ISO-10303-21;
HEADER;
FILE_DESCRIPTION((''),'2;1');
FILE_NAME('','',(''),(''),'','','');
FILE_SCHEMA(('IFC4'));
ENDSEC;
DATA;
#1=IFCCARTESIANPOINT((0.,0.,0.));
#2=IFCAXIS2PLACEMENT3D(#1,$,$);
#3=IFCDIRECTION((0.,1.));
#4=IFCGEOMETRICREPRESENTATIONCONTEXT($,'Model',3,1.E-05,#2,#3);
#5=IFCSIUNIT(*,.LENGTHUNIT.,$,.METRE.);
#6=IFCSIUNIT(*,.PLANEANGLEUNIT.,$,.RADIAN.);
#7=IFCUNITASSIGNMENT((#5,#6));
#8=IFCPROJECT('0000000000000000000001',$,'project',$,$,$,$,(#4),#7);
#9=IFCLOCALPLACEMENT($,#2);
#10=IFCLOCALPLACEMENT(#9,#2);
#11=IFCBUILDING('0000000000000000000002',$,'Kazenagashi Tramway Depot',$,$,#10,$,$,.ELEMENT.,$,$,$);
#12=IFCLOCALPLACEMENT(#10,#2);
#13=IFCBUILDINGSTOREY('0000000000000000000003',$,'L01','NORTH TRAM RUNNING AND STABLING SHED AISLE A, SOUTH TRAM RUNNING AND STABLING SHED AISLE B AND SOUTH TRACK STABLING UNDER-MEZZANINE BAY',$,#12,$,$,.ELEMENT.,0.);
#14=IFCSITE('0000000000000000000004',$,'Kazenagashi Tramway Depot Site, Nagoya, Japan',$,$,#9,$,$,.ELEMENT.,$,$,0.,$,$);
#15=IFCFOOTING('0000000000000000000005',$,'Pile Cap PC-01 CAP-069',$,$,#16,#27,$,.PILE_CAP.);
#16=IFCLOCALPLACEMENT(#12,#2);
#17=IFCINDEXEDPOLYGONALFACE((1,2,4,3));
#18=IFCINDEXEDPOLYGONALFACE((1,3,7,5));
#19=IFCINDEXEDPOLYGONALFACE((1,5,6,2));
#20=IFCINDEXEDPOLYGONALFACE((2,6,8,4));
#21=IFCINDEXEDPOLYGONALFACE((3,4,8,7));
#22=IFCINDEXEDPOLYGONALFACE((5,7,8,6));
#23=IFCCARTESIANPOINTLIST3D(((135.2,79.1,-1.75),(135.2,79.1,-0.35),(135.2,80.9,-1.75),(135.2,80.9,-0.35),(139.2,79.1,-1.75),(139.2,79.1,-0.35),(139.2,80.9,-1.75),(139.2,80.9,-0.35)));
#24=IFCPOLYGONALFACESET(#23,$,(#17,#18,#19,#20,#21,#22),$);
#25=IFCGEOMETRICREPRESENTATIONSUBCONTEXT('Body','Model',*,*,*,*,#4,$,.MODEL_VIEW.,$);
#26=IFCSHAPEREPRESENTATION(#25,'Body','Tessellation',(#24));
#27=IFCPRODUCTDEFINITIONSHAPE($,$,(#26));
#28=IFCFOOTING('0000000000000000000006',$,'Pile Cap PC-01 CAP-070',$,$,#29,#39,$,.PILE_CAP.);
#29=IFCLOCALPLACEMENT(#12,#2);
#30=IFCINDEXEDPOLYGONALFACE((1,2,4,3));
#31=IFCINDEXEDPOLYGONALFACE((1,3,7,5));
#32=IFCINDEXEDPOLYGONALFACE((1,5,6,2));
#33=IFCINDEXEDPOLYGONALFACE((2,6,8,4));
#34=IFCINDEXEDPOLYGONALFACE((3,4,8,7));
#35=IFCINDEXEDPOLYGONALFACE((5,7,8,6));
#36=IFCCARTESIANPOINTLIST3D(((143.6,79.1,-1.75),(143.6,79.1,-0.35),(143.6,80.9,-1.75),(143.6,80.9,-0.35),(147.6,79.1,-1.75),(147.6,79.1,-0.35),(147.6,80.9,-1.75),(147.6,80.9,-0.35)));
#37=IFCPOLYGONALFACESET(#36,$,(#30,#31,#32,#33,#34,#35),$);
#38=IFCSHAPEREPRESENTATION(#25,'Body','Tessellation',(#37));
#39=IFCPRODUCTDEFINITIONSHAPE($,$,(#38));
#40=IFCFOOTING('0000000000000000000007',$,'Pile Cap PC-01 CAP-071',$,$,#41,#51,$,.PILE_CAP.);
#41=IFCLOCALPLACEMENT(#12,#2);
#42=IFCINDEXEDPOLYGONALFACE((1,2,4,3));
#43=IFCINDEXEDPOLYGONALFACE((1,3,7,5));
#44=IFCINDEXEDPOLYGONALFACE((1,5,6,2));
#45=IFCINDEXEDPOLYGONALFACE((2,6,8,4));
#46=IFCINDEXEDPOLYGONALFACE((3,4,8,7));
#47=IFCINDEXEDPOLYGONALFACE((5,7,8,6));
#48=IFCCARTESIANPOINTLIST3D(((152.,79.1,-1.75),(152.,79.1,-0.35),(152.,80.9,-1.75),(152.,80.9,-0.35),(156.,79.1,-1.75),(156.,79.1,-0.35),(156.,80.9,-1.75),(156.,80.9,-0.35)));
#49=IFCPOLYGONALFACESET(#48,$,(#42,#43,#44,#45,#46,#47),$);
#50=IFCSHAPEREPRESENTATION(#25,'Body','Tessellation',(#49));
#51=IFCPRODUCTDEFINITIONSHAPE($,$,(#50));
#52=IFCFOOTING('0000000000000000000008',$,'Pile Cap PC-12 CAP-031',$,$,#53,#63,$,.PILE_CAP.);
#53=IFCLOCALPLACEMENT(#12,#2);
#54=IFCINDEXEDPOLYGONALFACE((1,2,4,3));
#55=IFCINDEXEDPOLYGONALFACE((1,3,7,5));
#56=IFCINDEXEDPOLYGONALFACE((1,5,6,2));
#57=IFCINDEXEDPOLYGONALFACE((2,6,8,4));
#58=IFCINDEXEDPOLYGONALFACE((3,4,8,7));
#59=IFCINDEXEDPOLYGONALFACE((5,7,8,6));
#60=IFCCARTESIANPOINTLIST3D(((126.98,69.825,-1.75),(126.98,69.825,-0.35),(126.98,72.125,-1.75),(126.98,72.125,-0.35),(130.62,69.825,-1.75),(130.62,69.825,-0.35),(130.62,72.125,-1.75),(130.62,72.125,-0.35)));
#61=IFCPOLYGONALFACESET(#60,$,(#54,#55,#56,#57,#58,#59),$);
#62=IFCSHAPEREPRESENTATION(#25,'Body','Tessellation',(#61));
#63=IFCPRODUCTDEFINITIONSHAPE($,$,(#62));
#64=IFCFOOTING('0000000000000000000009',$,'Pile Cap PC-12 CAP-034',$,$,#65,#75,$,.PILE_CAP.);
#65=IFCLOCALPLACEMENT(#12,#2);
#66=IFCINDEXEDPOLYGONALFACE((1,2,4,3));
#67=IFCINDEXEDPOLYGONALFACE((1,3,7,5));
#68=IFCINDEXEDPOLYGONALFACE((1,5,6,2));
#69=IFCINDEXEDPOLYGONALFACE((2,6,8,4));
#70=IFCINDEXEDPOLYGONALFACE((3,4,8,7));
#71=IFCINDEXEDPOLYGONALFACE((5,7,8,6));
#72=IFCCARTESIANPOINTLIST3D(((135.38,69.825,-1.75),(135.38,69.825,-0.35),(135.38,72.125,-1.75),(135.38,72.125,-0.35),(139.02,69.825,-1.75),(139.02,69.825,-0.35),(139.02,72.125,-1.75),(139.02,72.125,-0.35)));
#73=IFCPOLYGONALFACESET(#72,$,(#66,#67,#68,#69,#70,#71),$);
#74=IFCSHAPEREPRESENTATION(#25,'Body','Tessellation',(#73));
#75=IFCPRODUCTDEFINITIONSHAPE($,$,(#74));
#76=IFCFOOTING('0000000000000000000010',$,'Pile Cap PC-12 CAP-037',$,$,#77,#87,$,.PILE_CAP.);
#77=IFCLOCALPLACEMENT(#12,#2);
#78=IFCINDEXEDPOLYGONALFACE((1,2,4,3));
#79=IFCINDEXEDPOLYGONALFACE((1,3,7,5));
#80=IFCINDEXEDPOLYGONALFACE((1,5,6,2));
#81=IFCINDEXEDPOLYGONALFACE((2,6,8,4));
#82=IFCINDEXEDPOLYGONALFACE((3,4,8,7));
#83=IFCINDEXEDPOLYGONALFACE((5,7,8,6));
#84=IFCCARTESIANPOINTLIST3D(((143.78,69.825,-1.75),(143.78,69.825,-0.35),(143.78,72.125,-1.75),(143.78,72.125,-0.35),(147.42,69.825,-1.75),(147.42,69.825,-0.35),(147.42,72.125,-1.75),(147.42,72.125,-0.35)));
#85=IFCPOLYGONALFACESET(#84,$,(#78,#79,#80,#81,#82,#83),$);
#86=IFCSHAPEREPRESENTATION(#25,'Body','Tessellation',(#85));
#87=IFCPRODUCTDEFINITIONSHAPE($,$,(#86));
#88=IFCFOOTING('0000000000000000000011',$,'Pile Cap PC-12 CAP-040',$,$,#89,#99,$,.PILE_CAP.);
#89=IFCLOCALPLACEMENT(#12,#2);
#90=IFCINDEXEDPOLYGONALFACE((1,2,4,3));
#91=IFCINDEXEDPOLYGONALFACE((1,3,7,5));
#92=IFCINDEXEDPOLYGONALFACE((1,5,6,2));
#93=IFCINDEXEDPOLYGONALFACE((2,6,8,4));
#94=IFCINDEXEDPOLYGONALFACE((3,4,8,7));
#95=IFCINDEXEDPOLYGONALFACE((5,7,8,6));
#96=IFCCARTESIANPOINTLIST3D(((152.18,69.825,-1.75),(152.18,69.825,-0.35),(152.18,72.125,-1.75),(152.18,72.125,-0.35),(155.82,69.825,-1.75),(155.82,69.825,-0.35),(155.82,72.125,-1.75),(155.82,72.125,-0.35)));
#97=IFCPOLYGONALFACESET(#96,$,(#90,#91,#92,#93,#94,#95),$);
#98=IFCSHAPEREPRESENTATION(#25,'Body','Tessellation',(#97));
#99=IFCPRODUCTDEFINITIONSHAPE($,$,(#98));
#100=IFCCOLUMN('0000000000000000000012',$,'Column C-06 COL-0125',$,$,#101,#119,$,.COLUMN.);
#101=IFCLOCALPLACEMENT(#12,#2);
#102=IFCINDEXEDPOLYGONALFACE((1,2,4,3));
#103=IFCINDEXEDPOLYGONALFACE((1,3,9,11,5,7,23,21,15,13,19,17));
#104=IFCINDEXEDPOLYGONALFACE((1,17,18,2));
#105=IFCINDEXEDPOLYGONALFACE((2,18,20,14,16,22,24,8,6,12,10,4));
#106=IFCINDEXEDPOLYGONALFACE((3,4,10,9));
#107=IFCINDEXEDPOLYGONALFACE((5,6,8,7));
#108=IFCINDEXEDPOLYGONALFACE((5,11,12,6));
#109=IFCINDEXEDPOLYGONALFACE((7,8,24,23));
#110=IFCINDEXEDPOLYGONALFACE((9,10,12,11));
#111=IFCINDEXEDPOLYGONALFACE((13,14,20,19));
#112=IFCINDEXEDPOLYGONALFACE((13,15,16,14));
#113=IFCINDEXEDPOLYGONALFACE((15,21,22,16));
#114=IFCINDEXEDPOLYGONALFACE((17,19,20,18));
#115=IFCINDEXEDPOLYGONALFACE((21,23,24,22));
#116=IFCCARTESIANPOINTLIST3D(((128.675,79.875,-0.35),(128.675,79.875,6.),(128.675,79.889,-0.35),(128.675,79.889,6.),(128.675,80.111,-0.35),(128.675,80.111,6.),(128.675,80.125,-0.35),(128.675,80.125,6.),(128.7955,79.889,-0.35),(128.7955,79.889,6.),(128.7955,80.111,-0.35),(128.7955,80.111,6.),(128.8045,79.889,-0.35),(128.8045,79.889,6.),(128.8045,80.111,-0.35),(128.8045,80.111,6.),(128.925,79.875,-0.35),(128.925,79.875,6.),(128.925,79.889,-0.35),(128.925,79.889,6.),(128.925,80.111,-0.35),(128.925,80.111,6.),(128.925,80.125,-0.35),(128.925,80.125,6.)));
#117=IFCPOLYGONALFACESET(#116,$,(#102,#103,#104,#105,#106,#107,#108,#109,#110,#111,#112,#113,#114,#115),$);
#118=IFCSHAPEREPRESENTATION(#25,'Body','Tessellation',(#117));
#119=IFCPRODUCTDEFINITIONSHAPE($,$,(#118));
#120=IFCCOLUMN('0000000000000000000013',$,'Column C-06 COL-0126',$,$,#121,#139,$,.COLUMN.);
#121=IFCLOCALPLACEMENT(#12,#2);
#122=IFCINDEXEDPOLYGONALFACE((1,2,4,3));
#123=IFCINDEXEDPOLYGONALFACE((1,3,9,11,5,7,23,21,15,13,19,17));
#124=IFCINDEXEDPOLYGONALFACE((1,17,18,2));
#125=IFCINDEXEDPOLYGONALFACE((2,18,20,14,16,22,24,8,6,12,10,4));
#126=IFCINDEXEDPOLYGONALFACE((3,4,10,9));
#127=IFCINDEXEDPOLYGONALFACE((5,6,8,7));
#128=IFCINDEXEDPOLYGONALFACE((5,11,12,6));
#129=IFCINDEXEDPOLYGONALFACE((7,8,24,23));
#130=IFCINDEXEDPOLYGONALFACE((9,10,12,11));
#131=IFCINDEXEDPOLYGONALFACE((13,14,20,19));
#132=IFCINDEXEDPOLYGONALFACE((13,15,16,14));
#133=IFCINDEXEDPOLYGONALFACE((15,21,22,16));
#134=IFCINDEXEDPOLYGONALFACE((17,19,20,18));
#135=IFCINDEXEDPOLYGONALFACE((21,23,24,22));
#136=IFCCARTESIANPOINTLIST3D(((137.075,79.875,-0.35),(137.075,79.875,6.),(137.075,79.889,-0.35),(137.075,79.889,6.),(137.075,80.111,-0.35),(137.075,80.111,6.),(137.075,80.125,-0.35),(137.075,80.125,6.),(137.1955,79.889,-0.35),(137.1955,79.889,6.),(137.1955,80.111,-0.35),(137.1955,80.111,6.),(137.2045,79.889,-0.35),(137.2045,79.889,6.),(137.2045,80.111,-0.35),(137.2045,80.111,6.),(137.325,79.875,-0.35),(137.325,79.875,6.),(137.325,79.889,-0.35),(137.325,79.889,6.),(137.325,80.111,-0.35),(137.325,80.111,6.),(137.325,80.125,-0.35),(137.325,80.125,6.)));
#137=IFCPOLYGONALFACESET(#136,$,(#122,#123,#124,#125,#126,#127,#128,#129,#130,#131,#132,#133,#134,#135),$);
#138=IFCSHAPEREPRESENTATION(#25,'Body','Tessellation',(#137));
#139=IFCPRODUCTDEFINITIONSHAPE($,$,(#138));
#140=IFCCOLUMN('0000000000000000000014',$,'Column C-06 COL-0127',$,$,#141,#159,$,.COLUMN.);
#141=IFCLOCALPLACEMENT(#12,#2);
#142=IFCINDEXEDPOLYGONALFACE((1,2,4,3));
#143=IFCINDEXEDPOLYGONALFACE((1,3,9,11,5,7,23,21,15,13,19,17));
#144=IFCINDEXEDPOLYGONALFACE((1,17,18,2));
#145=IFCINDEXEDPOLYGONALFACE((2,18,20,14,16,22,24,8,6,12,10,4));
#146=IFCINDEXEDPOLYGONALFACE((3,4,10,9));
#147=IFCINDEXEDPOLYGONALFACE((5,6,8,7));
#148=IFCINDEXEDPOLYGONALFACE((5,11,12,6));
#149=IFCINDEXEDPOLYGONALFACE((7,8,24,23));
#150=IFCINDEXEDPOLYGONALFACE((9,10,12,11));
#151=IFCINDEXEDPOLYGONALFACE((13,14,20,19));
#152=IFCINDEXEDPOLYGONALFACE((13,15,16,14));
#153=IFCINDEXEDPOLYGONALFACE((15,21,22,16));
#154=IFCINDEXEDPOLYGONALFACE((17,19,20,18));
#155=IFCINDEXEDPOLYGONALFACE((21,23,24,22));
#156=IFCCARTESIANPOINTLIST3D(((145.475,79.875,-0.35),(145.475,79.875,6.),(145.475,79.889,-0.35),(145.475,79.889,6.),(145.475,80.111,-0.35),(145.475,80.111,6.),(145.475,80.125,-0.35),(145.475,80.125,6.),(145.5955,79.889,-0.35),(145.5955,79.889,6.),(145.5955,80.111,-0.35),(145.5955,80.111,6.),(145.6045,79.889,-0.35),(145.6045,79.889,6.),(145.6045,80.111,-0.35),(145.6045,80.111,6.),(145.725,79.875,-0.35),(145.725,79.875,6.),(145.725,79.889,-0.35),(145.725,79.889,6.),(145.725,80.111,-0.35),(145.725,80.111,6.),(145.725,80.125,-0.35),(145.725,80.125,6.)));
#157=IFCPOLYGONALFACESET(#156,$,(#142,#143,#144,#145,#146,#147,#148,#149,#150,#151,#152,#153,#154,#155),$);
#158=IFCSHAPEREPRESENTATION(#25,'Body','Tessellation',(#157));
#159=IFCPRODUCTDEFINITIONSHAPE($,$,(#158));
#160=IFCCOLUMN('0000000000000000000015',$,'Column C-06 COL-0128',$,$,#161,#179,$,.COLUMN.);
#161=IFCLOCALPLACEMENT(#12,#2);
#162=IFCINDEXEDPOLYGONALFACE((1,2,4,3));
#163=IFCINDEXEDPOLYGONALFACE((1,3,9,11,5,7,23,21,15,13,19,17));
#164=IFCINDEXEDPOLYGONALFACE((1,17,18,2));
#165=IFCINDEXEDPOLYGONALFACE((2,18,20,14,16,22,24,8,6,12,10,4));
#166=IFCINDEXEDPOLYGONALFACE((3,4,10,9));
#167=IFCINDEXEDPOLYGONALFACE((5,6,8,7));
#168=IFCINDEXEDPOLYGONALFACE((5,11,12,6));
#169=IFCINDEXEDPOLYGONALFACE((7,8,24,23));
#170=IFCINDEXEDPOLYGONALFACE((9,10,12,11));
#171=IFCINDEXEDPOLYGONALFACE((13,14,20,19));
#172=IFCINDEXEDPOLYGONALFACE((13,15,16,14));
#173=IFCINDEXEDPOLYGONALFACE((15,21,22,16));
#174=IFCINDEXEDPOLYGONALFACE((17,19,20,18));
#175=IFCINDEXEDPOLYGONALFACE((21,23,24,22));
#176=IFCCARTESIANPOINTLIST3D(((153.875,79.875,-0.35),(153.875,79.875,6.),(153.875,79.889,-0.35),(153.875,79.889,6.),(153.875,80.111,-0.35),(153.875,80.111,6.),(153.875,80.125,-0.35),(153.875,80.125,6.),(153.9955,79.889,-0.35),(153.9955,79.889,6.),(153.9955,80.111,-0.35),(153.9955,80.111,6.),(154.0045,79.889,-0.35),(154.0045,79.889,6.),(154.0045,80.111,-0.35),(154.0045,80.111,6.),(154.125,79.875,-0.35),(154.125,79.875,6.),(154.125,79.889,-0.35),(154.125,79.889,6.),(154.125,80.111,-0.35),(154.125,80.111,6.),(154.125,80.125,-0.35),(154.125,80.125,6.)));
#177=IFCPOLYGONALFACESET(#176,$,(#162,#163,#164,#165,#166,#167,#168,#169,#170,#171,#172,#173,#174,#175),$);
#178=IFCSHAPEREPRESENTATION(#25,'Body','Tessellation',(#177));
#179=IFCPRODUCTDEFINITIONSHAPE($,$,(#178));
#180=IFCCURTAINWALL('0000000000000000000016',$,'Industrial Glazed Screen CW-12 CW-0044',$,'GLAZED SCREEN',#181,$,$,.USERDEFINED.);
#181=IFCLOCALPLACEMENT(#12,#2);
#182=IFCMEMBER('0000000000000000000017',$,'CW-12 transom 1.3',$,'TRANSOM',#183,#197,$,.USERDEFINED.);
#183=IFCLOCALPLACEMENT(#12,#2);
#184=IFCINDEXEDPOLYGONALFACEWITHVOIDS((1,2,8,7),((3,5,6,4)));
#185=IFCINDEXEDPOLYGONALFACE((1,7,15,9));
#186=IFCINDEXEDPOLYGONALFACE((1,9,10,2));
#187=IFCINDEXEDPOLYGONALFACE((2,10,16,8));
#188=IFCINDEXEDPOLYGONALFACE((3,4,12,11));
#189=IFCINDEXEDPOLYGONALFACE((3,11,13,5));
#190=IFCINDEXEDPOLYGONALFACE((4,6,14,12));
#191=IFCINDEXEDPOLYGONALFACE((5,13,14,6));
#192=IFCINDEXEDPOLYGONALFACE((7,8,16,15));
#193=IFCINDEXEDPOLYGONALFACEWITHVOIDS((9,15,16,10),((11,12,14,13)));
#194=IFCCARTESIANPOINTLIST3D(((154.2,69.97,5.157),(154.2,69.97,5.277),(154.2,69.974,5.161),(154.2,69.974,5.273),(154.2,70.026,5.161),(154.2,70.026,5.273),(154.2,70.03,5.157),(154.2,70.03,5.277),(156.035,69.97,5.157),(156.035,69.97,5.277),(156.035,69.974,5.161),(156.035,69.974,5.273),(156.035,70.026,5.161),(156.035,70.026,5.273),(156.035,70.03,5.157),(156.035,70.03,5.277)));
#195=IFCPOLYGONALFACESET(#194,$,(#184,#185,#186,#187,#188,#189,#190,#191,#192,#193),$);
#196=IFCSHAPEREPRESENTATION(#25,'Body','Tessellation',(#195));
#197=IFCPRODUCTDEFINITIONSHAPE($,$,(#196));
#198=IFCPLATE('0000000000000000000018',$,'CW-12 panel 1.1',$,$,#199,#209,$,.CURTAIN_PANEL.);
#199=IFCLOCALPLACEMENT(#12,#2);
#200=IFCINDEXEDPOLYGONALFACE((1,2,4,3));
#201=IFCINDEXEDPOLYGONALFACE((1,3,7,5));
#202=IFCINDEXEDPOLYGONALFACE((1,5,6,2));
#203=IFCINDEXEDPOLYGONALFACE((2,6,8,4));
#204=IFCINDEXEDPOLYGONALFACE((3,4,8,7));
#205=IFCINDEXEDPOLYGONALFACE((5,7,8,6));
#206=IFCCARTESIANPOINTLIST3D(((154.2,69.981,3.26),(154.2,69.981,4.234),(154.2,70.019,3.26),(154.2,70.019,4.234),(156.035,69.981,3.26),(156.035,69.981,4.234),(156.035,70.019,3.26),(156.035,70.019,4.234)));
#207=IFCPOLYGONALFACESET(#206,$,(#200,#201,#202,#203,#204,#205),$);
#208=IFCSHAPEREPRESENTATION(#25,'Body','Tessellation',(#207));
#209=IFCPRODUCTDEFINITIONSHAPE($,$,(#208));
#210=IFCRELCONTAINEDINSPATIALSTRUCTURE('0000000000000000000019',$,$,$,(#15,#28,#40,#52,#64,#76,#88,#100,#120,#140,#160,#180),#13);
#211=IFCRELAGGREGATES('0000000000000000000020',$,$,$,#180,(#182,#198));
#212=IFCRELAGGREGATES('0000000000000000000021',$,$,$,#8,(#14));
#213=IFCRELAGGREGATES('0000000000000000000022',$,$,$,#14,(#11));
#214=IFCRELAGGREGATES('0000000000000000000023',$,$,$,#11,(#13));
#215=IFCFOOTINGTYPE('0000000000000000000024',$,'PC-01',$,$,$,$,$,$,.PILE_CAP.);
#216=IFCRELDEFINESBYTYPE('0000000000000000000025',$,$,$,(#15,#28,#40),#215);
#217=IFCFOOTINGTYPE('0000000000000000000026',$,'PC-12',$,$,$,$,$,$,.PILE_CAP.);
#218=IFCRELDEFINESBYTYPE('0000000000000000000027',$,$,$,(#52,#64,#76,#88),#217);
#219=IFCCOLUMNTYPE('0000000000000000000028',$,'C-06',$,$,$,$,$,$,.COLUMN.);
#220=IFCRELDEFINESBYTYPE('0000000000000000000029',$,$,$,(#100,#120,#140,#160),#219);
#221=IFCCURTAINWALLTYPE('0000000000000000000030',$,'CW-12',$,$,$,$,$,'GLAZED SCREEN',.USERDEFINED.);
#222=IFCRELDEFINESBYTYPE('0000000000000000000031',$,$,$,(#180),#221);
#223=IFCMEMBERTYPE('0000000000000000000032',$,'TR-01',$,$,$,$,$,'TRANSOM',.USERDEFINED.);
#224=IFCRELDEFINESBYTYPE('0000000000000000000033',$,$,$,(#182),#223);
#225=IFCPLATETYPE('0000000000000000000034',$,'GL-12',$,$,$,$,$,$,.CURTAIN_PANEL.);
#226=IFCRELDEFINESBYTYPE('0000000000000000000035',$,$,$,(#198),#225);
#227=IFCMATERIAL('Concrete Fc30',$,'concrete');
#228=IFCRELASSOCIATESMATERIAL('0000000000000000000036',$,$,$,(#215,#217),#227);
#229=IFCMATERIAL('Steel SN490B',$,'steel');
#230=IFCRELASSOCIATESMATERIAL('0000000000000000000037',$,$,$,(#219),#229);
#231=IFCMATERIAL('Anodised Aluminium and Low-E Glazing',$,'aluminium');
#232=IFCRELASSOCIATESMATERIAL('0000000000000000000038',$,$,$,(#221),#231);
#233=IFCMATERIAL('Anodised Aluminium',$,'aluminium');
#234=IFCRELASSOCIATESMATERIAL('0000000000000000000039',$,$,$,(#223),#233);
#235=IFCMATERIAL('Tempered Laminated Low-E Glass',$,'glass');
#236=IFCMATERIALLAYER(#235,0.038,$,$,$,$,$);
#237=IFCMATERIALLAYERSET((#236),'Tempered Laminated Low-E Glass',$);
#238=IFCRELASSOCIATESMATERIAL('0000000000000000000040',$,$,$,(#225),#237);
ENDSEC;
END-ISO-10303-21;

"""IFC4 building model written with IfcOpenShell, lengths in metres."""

from ifc_helpers import new_model, si_unit, direction, frame, origin, origin_2d, place, context, subcontext, project, spatial, rectangle, hollow_rectangle, i_section, extrude, material, layer, layer_set, material_profile, profile_set, type_object, element, aggregate, save


model = new_model("IFC4")

# Units and contexts
model_context = context("Model", 3, precision=1e-05, world=origin(), true_north=direction((0.0, 1.0)))
body_context = subcontext(model_context, "Body", "Model", "MODEL_VIEW")
ifc_project = project(units=[si_unit("LENGTHUNIT", "METRE"), si_unit("PLANEANGLEUNIT", "RADIAN")], contexts=[model_context])

# Site, building, storey
site_placement = place(None, origin())
site = spatial("IfcSite", under=ifc_project, at=site_placement, Name="Kazenagashi Tramway Depot Site, Nagoya, Japan", CompositionType="ELEMENT", RefElevation=0.0)
building_placement = place(site_placement, origin())
building = spatial("IfcBuilding", under=site, at=building_placement, Name="Kazenagashi Tramway Depot", CompositionType="ELEMENT")
storey_placement = place(building_placement, origin())
storey = spatial("IfcBuildingStorey", under=building, at=storey_placement, Name="L01", Description="NORTH TRAM RUNNING AND STABLING SHED AISLE A, SOUTH TRAM RUNNING AND STABLING SHED AISLE B AND SOUTH TRACK STABLING UNDER-MEZZANINE BAY", CompositionType="ELEMENT", Elevation=0.0)

# Shared definitions
ifc_material_1 = material(Name="Concrete Fc30", Category="concrete")

# Footings
footing_type_1 = type_object("IfcFootingType", Name="PC-01", PredefinedType="PILE_CAP", material=ifc_material_1)
for number, where, z_axis, x_axis, name in (
    (1, (137.2, 80.0, -1.75), (0.0, 0.0, 1.0), (1.0, 0.0, 0.0), "Pile Cap PC-01 CAP-069"),
    (2, (145.6, 80.0, -1.75), (0.0, 0.0, 1.0), (1.0, 0.0, 0.0), "Pile Cap PC-01 CAP-070"),
    (3, (154.0, 80.0, -1.75), (0.0, 0.0, 1.0), (1.0, 0.0, 0.0), "Pile Cap PC-01 CAP-071"),
):
    element("IfcFooting", number, at=place(storey_placement, frame(where, z_axis=z_axis, x_axis=x_axis)), inside=storey, type_object=footing_type_1, Name=name, PredefinedType="PILE_CAP", context=body_context, shape_type="SweptSolid", body=[
        extrude(rectangle(XDim=4.0, YDim=1.8, at=origin_2d()), origin(), (0.0, 0.0, 1.0), 1.4),
    ])
footing_type_2 = type_object("IfcFootingType", Name="PC-12", PredefinedType="PILE_CAP", material=ifc_material_1)
for number, where, z_axis, x_axis, name in (
    (4, (128.8, 70.975, -1.75), (0.0, 0.0, 1.0), (1.0, 0.0, 0.0), "Pile Cap PC-12 CAP-031"),
    (5, (137.2, 70.975, -1.75), (0.0, 0.0, 1.0), (1.0, 0.0, 0.0), "Pile Cap PC-12 CAP-034"),
    (6, (145.6, 70.975, -1.75), (0.0, 0.0, 1.0), (1.0, 0.0, 0.0), "Pile Cap PC-12 CAP-037"),
    (7, (154.0, 70.975, -1.75), (0.0, 0.0, 1.0), (1.0, 0.0, 0.0), "Pile Cap PC-12 CAP-040"),
):
    element("IfcFooting", number, at=place(storey_placement, frame(where, z_axis=z_axis, x_axis=x_axis)), inside=storey, type_object=footing_type_2, Name=name, PredefinedType="PILE_CAP", context=body_context, shape_type="SweptSolid", body=[
        extrude(rectangle(XDim=3.64, YDim=2.3, at=origin_2d()), origin(), (0.0, 0.0, 1.0), 1.4),
    ])

# Columns
ifc_material_2 = material(Name="Steel SN490B", Category="steel")
ifc_material_profile_1 = material_profile(ifc_material_2, i_section(OverallWidth=0.25, OverallDepth=0.25, WebThickness=0.009, FlangeThickness=0.014, at=origin_2d()), Name="H-250x250x9x14")
ifc_profile_set_1 = profile_set([ifc_material_profile_1], Name="Steel SN490B")
column_type = type_object("IfcColumnType", Name="C-06", PredefinedType="COLUMN", material=ifc_profile_set_1)
for number, where, z_axis, x_axis, name in (
    (8, (128.8, 80.0, -0.35), (0.0, 0.0, 1.0), (1.0, 0.0, 0.0), "Column C-06 COL-0125"),
    (9, (137.2, 80.0, -0.35), (0.0, 0.0, 1.0), (1.0, 0.0, 0.0), "Column C-06 COL-0126"),
    (10, (145.6, 80.0, -0.35), (0.0, 0.0, 1.0), (1.0, 0.0, 0.0), "Column C-06 COL-0127"),
    (11, (154.0, 80.0, -0.35), (0.0, 0.0, 1.0), (1.0, 0.0, 0.0), "Column C-06 COL-0128"),
):
    element("IfcColumn", number, at=place(storey_placement, frame(where, z_axis=z_axis, x_axis=x_axis)), inside=storey, type_object=column_type, Name=name, PredefinedType="COLUMN", context=body_context, shape_type="SweptSolid", body=[
        extrude(i_section(OverallWidth=0.25, OverallDepth=0.25, WebThickness=0.009, FlangeThickness=0.014, at=origin_2d()), origin(), (0.0, 0.0, 1.0), 6.35),
    ])

# Curtain wall, member, plate
ifc_material_3 = material(Name="Anodised Aluminium and Low-E Glazing", Category="aluminium")
curtain_wall_type = type_object("IfcCurtainWallType", Name="CW-12", ElementType="GLAZED SCREEN", PredefinedType="USERDEFINED", material=ifc_material_3)
curtain_wall_placement = place(storey_placement, origin())
curtain_wall = element("IfcCurtainWall", 12, at=curtain_wall_placement, inside=storey, type_object=curtain_wall_type, Name="Industrial Glazed Screen CW-12 CW-0044", ObjectType="GLAZED SCREEN", PredefinedType="USERDEFINED")
ifc_material_4 = material(Name="Anodised Aluminium", Category="aluminium")
ifc_material_profile_2 = material_profile(ifc_material_4, hollow_rectangle(XDim=0.06, YDim=0.12, WallThickness=0.004, at=origin_2d()), Name="RHS-120x60x4")
ifc_profile_set_2 = profile_set([ifc_material_profile_2], Name="Anodised Aluminium")
member_type = type_object("IfcMemberType", Name="TR-01", ElementType="TRANSOM", PredefinedType="USERDEFINED", material=ifc_profile_set_2)
member_placement = place(storey_placement, frame((154.2, 70.0, 5.217), z_axis=(1.0, 0.0, 0.0), x_axis=(0.0, 1.0, 0.0)))
member = element("IfcMember", 13, at=member_placement, type_object=member_type, Name="CW-12 transom 1.3", ObjectType="TRANSOM", PredefinedType="USERDEFINED", context=body_context, shape_type="SweptSolid", body=[
    extrude(hollow_rectangle(XDim=0.06, YDim=0.12, WallThickness=0.004, at=origin_2d()), origin(), (0.0, 0.0, 1.0), 1.835),
])
ifc_material_5 = material(Name="Tempered Laminated Low-E Glass", Category="glass")
ifc_layer = layer(ifc_material_5, 0.038)
ifc_layer_set = layer_set([ifc_layer], Name="Tempered Laminated Low-E Glass")
plate_type = type_object("IfcPlateType", Name="GL-12", PredefinedType="CURTAIN_PANEL", material=ifc_layer_set)
plate_1_placement = place(storey_placement, frame((155.1175, 70.0, 3.26), z_axis=(0.0, 0.0, 1.0), x_axis=(1.0, 0.0, 0.0)))
plate_1 = element("IfcPlate", 14, at=plate_1_placement, type_object=plate_type, Name="CW-12 panel 1.1", PredefinedType="CURTAIN_PANEL", context=body_context, shape_type="SweptSolid", body=[
    extrude(rectangle(XDim=1.835, YDim=0.038, at=origin_2d()), origin(), (0.0, 0.0, 1.0), 0.974),
])
aggregate(curtain_wall, [member, plate_1])

save(model, "model.ifc")
